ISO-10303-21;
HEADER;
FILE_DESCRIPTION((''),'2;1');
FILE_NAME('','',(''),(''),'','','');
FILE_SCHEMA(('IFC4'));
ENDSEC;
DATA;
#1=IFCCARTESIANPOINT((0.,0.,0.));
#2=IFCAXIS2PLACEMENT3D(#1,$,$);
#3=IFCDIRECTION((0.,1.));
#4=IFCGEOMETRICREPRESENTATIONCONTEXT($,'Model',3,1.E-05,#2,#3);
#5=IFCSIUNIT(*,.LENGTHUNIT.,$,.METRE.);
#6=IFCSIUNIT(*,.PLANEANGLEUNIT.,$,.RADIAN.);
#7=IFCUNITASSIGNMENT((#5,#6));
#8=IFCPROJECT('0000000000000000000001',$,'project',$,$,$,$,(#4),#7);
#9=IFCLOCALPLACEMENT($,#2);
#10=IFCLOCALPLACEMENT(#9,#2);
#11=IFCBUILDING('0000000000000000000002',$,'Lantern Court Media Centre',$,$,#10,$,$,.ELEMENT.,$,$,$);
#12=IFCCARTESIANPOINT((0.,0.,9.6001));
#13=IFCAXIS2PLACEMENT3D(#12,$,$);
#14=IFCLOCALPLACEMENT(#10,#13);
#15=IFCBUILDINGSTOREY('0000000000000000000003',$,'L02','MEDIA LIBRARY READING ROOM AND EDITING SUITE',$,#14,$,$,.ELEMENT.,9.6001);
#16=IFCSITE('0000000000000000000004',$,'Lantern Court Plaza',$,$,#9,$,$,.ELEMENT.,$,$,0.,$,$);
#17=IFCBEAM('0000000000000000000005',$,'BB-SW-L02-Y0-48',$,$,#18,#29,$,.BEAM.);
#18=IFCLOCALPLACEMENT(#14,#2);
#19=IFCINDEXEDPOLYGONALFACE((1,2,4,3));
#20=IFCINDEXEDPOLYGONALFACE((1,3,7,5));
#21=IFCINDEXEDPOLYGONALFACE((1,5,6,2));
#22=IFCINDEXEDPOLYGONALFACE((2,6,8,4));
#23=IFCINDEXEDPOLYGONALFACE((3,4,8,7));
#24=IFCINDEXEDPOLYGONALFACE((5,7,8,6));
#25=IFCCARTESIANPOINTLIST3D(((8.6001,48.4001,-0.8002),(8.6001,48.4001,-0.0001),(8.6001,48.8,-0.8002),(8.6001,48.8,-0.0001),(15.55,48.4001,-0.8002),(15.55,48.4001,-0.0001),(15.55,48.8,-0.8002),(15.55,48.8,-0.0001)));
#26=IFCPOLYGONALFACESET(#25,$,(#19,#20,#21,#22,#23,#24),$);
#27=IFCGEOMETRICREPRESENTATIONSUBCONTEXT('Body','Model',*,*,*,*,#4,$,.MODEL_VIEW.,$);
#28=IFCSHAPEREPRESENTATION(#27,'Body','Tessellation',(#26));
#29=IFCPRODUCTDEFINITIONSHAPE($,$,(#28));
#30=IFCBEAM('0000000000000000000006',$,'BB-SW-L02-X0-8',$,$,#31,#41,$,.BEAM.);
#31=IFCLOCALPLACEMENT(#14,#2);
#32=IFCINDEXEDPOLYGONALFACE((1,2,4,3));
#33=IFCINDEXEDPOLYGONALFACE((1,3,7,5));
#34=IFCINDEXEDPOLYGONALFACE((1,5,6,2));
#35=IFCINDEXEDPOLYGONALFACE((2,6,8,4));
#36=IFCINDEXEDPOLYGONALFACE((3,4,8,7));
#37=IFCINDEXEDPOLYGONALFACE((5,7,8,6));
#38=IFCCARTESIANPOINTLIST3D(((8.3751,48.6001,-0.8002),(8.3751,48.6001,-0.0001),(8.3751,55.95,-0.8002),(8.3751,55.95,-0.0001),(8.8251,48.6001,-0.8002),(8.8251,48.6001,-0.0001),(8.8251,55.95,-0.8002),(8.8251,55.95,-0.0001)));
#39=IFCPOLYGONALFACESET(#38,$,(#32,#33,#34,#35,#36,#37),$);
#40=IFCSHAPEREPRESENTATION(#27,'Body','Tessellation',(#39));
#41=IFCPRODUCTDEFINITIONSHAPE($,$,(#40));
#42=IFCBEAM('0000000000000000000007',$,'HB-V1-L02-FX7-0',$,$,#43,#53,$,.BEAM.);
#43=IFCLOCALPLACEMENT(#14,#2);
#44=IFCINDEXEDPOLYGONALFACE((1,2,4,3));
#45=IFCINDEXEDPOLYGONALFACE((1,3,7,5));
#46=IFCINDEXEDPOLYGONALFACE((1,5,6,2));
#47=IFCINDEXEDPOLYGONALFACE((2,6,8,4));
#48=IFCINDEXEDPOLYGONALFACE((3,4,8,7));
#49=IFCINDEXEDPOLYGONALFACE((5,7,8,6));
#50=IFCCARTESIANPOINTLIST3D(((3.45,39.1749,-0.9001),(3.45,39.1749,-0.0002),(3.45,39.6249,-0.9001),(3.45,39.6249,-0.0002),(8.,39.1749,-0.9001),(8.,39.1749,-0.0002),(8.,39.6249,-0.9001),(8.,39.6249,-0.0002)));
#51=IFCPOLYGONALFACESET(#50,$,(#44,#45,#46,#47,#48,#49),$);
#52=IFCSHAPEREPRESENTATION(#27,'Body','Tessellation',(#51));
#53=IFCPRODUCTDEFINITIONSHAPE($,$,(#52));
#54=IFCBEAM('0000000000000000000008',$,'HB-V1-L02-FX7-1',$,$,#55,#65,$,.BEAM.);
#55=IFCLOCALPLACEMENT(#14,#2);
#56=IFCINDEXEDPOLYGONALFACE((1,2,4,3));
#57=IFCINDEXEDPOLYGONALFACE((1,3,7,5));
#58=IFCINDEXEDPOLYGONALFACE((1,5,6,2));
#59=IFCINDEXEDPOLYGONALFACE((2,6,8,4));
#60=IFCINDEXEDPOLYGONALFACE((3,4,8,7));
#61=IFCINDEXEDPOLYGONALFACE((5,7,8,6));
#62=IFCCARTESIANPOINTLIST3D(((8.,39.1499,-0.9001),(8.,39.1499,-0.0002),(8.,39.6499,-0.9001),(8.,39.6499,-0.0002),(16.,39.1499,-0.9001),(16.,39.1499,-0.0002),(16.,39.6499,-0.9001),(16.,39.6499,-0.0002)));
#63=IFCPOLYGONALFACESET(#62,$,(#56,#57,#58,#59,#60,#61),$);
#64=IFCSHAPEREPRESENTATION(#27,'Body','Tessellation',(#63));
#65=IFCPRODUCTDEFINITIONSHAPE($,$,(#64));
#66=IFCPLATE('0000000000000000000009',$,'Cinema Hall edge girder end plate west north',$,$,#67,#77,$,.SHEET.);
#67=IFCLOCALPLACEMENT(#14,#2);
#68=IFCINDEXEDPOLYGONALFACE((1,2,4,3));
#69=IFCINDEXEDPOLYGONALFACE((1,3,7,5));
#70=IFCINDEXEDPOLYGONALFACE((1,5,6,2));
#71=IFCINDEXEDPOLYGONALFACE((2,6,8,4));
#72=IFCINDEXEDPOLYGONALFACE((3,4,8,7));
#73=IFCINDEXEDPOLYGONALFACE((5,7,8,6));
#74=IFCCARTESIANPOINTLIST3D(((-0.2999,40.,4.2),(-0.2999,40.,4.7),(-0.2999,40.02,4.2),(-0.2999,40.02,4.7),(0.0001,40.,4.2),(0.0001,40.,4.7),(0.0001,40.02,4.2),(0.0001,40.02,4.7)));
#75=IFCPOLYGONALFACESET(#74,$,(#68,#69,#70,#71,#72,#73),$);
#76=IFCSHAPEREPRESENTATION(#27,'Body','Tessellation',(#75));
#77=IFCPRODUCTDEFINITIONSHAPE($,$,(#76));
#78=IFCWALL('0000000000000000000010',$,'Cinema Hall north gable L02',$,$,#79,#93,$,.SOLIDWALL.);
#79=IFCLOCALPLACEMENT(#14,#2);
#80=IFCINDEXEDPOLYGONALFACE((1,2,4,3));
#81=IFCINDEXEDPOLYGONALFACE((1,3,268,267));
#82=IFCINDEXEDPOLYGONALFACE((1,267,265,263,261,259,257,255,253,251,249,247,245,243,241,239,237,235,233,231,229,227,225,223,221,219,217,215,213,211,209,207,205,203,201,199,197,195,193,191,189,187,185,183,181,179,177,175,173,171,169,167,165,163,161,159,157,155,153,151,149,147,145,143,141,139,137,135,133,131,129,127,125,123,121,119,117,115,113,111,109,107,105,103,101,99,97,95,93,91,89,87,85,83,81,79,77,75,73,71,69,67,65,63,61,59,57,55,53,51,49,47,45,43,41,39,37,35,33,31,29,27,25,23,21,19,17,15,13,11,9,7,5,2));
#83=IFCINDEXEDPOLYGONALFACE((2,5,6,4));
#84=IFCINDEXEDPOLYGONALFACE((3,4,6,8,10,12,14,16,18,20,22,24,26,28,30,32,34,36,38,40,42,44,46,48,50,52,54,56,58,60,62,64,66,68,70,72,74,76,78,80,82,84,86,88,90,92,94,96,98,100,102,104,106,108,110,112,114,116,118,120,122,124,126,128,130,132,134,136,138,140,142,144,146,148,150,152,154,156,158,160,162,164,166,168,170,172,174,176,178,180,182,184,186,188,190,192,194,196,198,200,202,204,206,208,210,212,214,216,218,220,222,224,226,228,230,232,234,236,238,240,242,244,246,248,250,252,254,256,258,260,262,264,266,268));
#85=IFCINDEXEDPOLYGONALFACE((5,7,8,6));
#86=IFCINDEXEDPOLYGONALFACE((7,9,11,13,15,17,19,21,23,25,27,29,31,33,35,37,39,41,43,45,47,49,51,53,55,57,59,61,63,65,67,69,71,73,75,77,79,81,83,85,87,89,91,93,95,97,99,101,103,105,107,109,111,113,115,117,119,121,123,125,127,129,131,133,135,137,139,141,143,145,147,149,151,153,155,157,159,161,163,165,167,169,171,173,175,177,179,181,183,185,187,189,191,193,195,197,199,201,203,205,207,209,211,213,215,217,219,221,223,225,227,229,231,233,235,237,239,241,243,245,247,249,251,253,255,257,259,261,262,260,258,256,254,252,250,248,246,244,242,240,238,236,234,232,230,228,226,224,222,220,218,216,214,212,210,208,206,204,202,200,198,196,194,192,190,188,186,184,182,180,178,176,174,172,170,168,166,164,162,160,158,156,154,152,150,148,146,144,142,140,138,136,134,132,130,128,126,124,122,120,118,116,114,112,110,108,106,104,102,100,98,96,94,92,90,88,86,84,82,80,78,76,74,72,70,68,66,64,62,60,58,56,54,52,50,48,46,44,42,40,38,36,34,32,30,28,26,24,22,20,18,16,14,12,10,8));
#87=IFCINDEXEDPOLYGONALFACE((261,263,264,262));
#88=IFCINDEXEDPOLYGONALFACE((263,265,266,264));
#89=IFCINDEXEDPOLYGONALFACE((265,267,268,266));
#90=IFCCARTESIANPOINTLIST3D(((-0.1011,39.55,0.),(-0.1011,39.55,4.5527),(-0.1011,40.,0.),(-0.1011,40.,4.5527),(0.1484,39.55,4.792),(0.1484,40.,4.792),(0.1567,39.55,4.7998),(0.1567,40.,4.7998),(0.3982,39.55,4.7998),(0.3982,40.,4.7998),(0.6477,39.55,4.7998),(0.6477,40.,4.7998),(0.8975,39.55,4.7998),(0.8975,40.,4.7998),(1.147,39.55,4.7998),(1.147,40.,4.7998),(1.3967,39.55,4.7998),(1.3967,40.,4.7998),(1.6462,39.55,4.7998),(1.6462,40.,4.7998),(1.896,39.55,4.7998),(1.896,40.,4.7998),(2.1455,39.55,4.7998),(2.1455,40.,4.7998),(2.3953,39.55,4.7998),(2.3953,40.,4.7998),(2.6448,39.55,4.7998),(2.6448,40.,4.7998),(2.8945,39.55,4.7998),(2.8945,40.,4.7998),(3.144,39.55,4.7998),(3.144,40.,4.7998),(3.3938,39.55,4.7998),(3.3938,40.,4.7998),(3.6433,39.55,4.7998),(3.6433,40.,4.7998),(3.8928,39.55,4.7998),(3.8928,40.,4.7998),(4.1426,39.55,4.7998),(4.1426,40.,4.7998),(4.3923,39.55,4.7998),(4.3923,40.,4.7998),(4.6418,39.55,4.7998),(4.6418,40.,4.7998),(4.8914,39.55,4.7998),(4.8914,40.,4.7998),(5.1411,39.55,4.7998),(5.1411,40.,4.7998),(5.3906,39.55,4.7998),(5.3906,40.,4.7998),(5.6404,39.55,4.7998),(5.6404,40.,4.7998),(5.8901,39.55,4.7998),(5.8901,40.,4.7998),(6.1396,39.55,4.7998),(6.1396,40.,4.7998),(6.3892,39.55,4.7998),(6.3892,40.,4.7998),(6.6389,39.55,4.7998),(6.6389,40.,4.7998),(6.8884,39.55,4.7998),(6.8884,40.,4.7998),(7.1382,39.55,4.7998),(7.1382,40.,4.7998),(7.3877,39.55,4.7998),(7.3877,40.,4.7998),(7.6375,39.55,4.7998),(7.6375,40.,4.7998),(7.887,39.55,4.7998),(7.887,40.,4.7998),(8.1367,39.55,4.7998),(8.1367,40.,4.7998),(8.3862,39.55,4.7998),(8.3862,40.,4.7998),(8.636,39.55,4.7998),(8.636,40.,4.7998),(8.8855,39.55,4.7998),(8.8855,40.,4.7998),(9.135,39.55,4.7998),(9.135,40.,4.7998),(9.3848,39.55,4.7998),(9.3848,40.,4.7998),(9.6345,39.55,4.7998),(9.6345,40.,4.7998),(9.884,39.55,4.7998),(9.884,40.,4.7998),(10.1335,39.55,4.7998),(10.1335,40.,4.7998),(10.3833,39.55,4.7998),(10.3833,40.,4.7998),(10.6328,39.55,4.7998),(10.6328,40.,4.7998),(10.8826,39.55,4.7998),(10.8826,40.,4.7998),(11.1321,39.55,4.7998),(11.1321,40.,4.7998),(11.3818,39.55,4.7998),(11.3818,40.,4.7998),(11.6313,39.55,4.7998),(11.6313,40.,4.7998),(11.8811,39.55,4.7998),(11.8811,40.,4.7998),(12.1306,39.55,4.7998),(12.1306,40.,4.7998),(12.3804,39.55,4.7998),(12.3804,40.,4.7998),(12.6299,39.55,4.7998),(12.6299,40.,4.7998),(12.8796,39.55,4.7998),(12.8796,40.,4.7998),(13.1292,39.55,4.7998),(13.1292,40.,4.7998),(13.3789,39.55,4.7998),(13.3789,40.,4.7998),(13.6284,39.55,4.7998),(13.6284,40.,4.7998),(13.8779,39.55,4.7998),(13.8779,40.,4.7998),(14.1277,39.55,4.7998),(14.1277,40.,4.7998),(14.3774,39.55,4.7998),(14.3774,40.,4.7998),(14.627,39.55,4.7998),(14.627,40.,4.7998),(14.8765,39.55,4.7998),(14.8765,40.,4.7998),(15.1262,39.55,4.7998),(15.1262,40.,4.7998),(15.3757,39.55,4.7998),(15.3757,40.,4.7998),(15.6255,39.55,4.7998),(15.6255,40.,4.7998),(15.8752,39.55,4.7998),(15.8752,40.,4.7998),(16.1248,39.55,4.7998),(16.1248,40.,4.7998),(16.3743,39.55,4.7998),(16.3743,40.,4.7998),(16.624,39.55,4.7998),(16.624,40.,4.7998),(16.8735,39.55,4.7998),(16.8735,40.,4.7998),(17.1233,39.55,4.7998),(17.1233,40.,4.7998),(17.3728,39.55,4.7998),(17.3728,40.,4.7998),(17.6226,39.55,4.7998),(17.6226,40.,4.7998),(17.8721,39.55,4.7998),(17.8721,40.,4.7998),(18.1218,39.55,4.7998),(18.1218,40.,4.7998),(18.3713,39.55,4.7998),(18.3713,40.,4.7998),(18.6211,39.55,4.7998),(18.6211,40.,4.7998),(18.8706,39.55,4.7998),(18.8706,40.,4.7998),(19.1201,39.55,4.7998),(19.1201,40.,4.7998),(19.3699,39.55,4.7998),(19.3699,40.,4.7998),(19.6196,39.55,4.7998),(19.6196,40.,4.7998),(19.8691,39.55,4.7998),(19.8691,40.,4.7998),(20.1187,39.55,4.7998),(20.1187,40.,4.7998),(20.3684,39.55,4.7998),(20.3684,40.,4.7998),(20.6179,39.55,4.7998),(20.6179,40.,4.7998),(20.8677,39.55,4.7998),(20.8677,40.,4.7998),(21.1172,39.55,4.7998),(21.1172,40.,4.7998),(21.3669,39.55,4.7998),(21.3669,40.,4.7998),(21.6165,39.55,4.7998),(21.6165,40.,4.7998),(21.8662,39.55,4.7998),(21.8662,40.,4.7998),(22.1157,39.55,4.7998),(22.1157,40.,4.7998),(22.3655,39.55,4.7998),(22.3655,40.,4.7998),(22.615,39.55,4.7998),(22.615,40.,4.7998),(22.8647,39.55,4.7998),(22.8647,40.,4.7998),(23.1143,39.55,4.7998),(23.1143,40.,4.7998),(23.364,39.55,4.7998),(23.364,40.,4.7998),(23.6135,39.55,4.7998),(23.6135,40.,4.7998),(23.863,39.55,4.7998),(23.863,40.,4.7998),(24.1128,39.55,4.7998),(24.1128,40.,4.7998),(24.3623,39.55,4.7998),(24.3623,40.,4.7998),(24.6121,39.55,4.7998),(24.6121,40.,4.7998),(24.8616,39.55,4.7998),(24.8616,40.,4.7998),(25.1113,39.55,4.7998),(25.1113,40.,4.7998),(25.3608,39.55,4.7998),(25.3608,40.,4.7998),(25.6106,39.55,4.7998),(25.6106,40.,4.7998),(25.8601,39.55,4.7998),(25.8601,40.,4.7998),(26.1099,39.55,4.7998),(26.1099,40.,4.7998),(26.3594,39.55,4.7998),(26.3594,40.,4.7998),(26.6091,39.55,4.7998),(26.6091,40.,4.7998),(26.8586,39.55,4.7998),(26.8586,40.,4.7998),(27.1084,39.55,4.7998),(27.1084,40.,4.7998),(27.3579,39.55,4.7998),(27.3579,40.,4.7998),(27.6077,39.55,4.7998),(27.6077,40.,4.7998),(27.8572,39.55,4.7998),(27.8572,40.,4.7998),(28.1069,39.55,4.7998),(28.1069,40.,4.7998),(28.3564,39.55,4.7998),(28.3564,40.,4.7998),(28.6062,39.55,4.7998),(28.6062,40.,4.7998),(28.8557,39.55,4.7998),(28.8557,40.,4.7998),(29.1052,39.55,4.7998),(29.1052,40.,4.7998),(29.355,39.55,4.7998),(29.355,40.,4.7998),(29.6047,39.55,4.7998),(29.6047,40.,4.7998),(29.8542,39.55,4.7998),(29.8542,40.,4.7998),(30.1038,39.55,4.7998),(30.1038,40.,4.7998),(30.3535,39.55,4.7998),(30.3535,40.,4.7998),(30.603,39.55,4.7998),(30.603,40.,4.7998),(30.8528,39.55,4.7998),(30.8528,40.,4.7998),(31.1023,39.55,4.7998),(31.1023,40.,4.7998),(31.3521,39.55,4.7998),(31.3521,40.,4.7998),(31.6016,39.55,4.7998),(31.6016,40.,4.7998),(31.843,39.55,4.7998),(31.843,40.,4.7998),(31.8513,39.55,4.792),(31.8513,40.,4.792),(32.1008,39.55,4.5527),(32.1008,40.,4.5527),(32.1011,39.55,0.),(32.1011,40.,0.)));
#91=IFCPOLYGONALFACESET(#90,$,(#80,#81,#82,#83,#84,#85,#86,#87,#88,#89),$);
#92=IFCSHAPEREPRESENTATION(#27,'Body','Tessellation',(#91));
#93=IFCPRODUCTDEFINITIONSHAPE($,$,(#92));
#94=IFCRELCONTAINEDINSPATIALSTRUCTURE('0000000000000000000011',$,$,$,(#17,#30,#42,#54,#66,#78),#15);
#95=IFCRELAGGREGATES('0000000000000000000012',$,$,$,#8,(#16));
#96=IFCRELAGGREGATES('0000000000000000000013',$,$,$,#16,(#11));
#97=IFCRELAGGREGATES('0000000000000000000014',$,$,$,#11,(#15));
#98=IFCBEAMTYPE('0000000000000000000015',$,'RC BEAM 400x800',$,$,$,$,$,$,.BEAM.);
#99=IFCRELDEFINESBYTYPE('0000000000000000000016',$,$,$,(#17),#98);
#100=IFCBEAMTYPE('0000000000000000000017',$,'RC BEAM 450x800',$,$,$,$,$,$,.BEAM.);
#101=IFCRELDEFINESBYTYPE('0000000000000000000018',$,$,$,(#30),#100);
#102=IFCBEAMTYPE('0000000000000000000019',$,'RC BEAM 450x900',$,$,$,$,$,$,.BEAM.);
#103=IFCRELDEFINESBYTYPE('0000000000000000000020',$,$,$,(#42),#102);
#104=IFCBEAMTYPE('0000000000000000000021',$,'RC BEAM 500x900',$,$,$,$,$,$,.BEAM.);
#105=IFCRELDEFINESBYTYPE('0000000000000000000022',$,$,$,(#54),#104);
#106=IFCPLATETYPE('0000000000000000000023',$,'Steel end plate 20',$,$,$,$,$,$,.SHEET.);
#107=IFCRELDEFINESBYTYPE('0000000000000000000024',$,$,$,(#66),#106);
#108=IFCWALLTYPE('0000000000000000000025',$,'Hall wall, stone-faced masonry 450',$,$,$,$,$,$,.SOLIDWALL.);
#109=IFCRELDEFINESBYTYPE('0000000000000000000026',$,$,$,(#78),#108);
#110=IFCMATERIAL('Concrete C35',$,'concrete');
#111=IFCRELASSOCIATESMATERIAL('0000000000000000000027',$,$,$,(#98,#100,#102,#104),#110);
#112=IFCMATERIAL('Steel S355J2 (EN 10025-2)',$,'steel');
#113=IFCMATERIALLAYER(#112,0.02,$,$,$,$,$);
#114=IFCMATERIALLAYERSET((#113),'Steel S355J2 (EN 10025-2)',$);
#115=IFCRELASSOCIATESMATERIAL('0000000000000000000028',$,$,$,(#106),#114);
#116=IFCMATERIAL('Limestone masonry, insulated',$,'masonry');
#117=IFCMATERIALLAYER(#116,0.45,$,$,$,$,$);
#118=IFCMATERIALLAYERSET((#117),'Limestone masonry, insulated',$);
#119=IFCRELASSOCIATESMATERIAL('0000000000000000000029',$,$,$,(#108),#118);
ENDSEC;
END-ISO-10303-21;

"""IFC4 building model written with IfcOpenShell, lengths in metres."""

from ifc_helpers import new_model, si_unit, direction, frame, origin, origin_2d, place, context, subcontext, project, spatial, polyline, rectangle, outline, extrude, material, layer, layer_set, material_profile, profile_set, type_object, element, save


model = new_model("IFC4")

# Units and contexts
model_context = context("Model", 3, precision=1e-05, world=origin(), true_north=direction((0.0, 1.0)))
body_context = subcontext(model_context, "Body", "Model", "MODEL_VIEW")
ifc_project = project(units=[si_unit("LENGTHUNIT", "METRE"), si_unit("PLANEANGLEUNIT", "RADIAN")], contexts=[model_context])

# Site, building, storey
site_placement = place(None, origin())
site = spatial("IfcSite", under=ifc_project, at=site_placement, Name="Lantern Court Plaza", CompositionType="ELEMENT", RefElevation=0.0)
building_placement = place(site_placement, origin())
building = spatial("IfcBuilding", under=site, at=building_placement, Name="Lantern Court Media Centre", CompositionType="ELEMENT")
storey_placement = place(building_placement, frame((0.0, 0.0, 9.6001)))
storey = spatial("IfcBuildingStorey", under=building, at=storey_placement, Name="L02", Description="MEDIA LIBRARY READING ROOM AND EDITING SUITE", CompositionType="ELEMENT", Elevation=9.6001)

# Shared definitions
ifc_material_1 = material(Name="Steel S355J2 (EN 10025-2)", Category="steel")
ifc_material_2 = material(Name="Concrete C35", Category="concrete")

# Beams
ifc_material_profile_1 = material_profile(ifc_material_2, rectangle(XDim=0.3999, YDim=0.8, at=origin_2d()), Name="RC 400x800")
ifc_profile_set_1 = profile_set([ifc_material_profile_1], Name="Concrete C35")
beam_type_1 = type_object("IfcBeamType", Name="RC BEAM 400x800", PredefinedType="BEAM", material=ifc_profile_set_1)
beam_1_placement = place(storey_placement, frame((8.6001, 48.6001, -0.4001), z_axis=(1.0, 0.0, 0.0), x_axis=(0.0, 1.0, 0.0)))
element("IfcBeam", 1, at=beam_1_placement, inside=storey, type_object=beam_type_1, Name="BB-SW-L02-Y0-48", PredefinedType="BEAM", context=body_context, shape_type="SweptSolid", body=[
    extrude(rectangle(XDim=0.3999, YDim=0.8, at=origin_2d()), origin(), (0.0, 0.0, 1.0), 6.95),
])
ifc_material_profile_2 = material_profile(ifc_material_2, rectangle(XDim=0.45, YDim=0.8, at=origin_2d()), Name="RC 450x800")
ifc_profile_set_2 = profile_set([ifc_material_profile_2], Name="Concrete C35")
beam_type_2 = type_object("IfcBeamType", Name="RC BEAM 450x800", PredefinedType="BEAM", material=ifc_profile_set_2)
beam_2_placement = place(storey_placement, frame((8.6001, 48.6001, -0.4001), z_axis=(0.0, 1.0, 0.0), x_axis=(-1.0, 0.0, 0.0)))
element("IfcBeam", 2, at=beam_2_placement, inside=storey, type_object=beam_type_2, Name="BB-SW-L02-X0-8", PredefinedType="BEAM", context=body_context, shape_type="SweptSolid", body=[
    extrude(rectangle(XDim=0.45, YDim=0.8, at=origin_2d()), origin(), (0.0, 0.0, 1.0), 7.3499),
])
ifc_material_profile_3 = material_profile(ifc_material_2, rectangle(XDim=0.45, YDim=0.8999, at=origin_2d()), Name="RC 450x900")
ifc_profile_set_3 = profile_set([ifc_material_profile_3], Name="Concrete C35")
beam_type_3 = type_object("IfcBeamType", Name="RC BEAM 450x900", PredefinedType="BEAM", material=ifc_profile_set_3)
beam_3_placement = place(storey_placement, frame((3.45, 39.3999, -0.4502), z_axis=(1.0, 0.0, 0.0), x_axis=(0.0, 1.0, 0.0)))
element("IfcBeam", 3, at=beam_3_placement, inside=storey, type_object=beam_type_3, Name="HB-V1-L02-FX7-0", PredefinedType="BEAM", context=body_context, shape_type="SweptSolid", body=[
    extrude(rectangle(XDim=0.45, YDim=0.8999, at=origin_2d()), origin(), (0.0, 0.0, 1.0), 4.55),
])
ifc_material_profile_4 = material_profile(ifc_material_2, rectangle(XDim=0.5, YDim=0.8999, at=origin_2d()), Name="RC 500x900")
ifc_profile_set_4 = profile_set([ifc_material_profile_4], Name="Concrete C35")
beam_type_4 = type_object("IfcBeamType", Name="RC BEAM 500x900", PredefinedType="BEAM", material=ifc_profile_set_4)
beam_4_placement = place(storey_placement, frame((8.0, 39.3999, -0.4502), z_axis=(1.0, 0.0, 0.0), x_axis=(0.0, 1.0, 0.0)))
element("IfcBeam", 4, at=beam_4_placement, inside=storey, type_object=beam_type_4, Name="HB-V1-L02-FX7-1", PredefinedType="BEAM", context=body_context, shape_type="SweptSolid", body=[
    extrude(rectangle(XDim=0.5, YDim=0.8999, at=origin_2d()), origin(), (0.0, 0.0, 1.0), 8.0),
])

# Plate
ifc_layer_1 = layer(ifc_material_1, 0.02)
ifc_layer_set_1 = layer_set([ifc_layer_1], Name="Steel S355J2 (EN 10025-2)")
plate_type = type_object("IfcPlateType", Name="Steel end plate 20", PredefinedType="SHEET", material=ifc_layer_set_1)
plate_placement = place(storey_placement, frame((-0.1499, 40.01, 4.2), z_axis=(0.0, 0.0, 1.0), x_axis=(1.0, 0.0, 0.0)))
element("IfcPlate", 5, at=plate_placement, inside=storey, type_object=plate_type, Name="Cinema Hall edge girder end plate west north", PredefinedType="SHEET", context=body_context, shape_type="SweptSolid", body=[
    extrude(rectangle(XDim=0.3, YDim=0.02, at=origin_2d()), origin(), (0.0, 0.0, 1.0), 0.5),
])

# Wall
ifc_material_3 = material(Name="Limestone masonry, insulated", Category="masonry")
ifc_layer_2 = layer(ifc_material_3, 0.45)
ifc_layer_set_2 = layer_set([ifc_layer_2], Name="Limestone masonry, insulated")
wall_type_1 = type_object("IfcWallType", Name="Hall wall, stone-faced masonry 450", PredefinedType="SOLIDWALL", material=ifc_layer_set_2)
wall_1_placement = place(storey_placement, frame((-0.1011, 39.7749, 0.0), z_axis=(0.0, 0.0, 1.0), x_axis=(1.0, 0.0, 0.0)))
element("IfcWall", 6, at=wall_1_placement, inside=storey, type_object=wall_type_1, Name="Cinema Hall north gable L02", PredefinedType="SOLIDWALL", context=body_context, shape_type="SweptSolid", body=[
    extrude(outline(polyline([(0.0, 0.0), (32.2021, 0.0), (32.2019, 4.5527), (31.9524, 4.792), (31.9441, 4.7998), (31.7026, 4.7998), (31.4531, 4.7998), (31.2034, 4.7998), (30.9539, 4.7998), (30.7041, 4.7998), (30.4546, 4.7998), (30.2048, 4.7998), (29.9553, 4.7998), (29.7058, 4.7998), (29.4561, 4.7998), (29.2063, 4.7998), (28.9568, 4.7998), (28.7073, 4.7998), (28.4575, 4.7998), (28.208, 4.7998), (27.9583, 4.7998), (27.7087, 4.7998), (27.459, 4.7998), (27.2095, 4.7998), (26.9597, 4.7998), (26.7102, 4.7998), (26.4604, 4.7998), (26.2109, 4.7998), (25.9612, 4.7998), (25.7117, 4.7998), (25.4619, 4.7998), (25.2124, 4.7998), (24.9626, 4.7998), (24.7131, 4.7998), (24.4634, 4.7998), (24.2139, 4.7998), (23.9641, 4.7998), (23.7146, 4.7998), (23.4651, 4.7998), (23.2153, 4.7998), (22.9658, 4.7998), (22.7161, 4.7998), (22.4666, 4.7998), (22.2168, 4.7998), (21.9673, 4.7998), (21.7175, 4.7998), (21.468, 4.7998), (21.2183, 4.7998), (20.9688, 4.7998), (20.719, 4.7998), (20.4695, 4.7998), (20.2197, 4.7998), (19.9702, 4.7998), (19.7207, 4.7998), (19.4709, 4.7998), (19.2212, 4.7998), (18.9717, 4.7998), (18.7222, 4.7998), (18.4724, 4.7998), (18.2229, 4.7998), (17.9731, 4.7998), (17.7236, 4.7998), (17.4739, 4.7998), (17.2244, 4.7998), (16.9746, 4.7998), (16.7251, 4.7998), (16.4753, 4.7998), (16.2258, 4.7998), (15.9763, 4.7998), (15.7266, 4.7998), (15.4768, 4.7998), (15.2273, 4.7998), (14.9775, 4.7998), (14.728, 4.7998), (14.4785, 4.7998), (14.2288, 4.7998), (13.979, 4.7998), (13.7295, 4.7998), (13.48, 4.7998), (13.2302, 4.7998), (12.9807, 4.7998), (12.731, 4.7998), (12.4814, 4.7998), (12.2317, 4.7998), (11.9822, 4.7998), (11.7324, 4.7998), (11.4829, 4.7998), (11.2332, 4.7998), (10.9836, 4.7998), (10.7339, 4.7998), (10.4844, 4.7998), (10.2346, 4.7998), (9.9851, 4.7998), (9.7356, 4.7998), (9.4858, 4.7998), (9.2361, 4.7998), (8.9866, 4.7998), (8.7371, 4.7998), (8.4873, 4.7998), (8.2378, 4.7998), (7.988, 4.7998), (7.7385, 4.7998), (7.4888, 4.7998), (7.2393, 4.7998), (6.9895, 4.7998), (6.74, 4.7998), (6.4902, 4.7998), (6.2407, 4.7998), (5.9912, 4.7998), (5.7415, 4.7998), (5.4917, 4.7998), (5.2422, 4.7998), (4.9924, 4.7998), (4.7429, 4.7998), (4.4934, 4.7998), (4.2437, 4.7998), (3.9939, 4.7998), (3.7444, 4.7998), (3.4949, 4.7998), (3.2451, 4.7998), (2.9956, 4.7998), (2.7458, 4.7998), (2.4963, 4.7998), (2.2466, 4.7998), (1.9971, 4.7998), (1.7473, 4.7998), (1.4978, 4.7998), (1.248, 4.7998), (0.9985, 4.7998), (0.7488, 4.7998), (0.4993, 4.7998), (0.2578, 4.7998), (0.2495, 4.792), (0.0, 4.5527), (0.0, 0.0)])), frame((0.0, 0.2251, 0.0), z_axis=(0.0, -1.0, 0.0), x_axis=(1.0, 0.0, 0.0)), (0.0, 0.0, 1.0), 0.45),
])

save(model, "model.ifc")
